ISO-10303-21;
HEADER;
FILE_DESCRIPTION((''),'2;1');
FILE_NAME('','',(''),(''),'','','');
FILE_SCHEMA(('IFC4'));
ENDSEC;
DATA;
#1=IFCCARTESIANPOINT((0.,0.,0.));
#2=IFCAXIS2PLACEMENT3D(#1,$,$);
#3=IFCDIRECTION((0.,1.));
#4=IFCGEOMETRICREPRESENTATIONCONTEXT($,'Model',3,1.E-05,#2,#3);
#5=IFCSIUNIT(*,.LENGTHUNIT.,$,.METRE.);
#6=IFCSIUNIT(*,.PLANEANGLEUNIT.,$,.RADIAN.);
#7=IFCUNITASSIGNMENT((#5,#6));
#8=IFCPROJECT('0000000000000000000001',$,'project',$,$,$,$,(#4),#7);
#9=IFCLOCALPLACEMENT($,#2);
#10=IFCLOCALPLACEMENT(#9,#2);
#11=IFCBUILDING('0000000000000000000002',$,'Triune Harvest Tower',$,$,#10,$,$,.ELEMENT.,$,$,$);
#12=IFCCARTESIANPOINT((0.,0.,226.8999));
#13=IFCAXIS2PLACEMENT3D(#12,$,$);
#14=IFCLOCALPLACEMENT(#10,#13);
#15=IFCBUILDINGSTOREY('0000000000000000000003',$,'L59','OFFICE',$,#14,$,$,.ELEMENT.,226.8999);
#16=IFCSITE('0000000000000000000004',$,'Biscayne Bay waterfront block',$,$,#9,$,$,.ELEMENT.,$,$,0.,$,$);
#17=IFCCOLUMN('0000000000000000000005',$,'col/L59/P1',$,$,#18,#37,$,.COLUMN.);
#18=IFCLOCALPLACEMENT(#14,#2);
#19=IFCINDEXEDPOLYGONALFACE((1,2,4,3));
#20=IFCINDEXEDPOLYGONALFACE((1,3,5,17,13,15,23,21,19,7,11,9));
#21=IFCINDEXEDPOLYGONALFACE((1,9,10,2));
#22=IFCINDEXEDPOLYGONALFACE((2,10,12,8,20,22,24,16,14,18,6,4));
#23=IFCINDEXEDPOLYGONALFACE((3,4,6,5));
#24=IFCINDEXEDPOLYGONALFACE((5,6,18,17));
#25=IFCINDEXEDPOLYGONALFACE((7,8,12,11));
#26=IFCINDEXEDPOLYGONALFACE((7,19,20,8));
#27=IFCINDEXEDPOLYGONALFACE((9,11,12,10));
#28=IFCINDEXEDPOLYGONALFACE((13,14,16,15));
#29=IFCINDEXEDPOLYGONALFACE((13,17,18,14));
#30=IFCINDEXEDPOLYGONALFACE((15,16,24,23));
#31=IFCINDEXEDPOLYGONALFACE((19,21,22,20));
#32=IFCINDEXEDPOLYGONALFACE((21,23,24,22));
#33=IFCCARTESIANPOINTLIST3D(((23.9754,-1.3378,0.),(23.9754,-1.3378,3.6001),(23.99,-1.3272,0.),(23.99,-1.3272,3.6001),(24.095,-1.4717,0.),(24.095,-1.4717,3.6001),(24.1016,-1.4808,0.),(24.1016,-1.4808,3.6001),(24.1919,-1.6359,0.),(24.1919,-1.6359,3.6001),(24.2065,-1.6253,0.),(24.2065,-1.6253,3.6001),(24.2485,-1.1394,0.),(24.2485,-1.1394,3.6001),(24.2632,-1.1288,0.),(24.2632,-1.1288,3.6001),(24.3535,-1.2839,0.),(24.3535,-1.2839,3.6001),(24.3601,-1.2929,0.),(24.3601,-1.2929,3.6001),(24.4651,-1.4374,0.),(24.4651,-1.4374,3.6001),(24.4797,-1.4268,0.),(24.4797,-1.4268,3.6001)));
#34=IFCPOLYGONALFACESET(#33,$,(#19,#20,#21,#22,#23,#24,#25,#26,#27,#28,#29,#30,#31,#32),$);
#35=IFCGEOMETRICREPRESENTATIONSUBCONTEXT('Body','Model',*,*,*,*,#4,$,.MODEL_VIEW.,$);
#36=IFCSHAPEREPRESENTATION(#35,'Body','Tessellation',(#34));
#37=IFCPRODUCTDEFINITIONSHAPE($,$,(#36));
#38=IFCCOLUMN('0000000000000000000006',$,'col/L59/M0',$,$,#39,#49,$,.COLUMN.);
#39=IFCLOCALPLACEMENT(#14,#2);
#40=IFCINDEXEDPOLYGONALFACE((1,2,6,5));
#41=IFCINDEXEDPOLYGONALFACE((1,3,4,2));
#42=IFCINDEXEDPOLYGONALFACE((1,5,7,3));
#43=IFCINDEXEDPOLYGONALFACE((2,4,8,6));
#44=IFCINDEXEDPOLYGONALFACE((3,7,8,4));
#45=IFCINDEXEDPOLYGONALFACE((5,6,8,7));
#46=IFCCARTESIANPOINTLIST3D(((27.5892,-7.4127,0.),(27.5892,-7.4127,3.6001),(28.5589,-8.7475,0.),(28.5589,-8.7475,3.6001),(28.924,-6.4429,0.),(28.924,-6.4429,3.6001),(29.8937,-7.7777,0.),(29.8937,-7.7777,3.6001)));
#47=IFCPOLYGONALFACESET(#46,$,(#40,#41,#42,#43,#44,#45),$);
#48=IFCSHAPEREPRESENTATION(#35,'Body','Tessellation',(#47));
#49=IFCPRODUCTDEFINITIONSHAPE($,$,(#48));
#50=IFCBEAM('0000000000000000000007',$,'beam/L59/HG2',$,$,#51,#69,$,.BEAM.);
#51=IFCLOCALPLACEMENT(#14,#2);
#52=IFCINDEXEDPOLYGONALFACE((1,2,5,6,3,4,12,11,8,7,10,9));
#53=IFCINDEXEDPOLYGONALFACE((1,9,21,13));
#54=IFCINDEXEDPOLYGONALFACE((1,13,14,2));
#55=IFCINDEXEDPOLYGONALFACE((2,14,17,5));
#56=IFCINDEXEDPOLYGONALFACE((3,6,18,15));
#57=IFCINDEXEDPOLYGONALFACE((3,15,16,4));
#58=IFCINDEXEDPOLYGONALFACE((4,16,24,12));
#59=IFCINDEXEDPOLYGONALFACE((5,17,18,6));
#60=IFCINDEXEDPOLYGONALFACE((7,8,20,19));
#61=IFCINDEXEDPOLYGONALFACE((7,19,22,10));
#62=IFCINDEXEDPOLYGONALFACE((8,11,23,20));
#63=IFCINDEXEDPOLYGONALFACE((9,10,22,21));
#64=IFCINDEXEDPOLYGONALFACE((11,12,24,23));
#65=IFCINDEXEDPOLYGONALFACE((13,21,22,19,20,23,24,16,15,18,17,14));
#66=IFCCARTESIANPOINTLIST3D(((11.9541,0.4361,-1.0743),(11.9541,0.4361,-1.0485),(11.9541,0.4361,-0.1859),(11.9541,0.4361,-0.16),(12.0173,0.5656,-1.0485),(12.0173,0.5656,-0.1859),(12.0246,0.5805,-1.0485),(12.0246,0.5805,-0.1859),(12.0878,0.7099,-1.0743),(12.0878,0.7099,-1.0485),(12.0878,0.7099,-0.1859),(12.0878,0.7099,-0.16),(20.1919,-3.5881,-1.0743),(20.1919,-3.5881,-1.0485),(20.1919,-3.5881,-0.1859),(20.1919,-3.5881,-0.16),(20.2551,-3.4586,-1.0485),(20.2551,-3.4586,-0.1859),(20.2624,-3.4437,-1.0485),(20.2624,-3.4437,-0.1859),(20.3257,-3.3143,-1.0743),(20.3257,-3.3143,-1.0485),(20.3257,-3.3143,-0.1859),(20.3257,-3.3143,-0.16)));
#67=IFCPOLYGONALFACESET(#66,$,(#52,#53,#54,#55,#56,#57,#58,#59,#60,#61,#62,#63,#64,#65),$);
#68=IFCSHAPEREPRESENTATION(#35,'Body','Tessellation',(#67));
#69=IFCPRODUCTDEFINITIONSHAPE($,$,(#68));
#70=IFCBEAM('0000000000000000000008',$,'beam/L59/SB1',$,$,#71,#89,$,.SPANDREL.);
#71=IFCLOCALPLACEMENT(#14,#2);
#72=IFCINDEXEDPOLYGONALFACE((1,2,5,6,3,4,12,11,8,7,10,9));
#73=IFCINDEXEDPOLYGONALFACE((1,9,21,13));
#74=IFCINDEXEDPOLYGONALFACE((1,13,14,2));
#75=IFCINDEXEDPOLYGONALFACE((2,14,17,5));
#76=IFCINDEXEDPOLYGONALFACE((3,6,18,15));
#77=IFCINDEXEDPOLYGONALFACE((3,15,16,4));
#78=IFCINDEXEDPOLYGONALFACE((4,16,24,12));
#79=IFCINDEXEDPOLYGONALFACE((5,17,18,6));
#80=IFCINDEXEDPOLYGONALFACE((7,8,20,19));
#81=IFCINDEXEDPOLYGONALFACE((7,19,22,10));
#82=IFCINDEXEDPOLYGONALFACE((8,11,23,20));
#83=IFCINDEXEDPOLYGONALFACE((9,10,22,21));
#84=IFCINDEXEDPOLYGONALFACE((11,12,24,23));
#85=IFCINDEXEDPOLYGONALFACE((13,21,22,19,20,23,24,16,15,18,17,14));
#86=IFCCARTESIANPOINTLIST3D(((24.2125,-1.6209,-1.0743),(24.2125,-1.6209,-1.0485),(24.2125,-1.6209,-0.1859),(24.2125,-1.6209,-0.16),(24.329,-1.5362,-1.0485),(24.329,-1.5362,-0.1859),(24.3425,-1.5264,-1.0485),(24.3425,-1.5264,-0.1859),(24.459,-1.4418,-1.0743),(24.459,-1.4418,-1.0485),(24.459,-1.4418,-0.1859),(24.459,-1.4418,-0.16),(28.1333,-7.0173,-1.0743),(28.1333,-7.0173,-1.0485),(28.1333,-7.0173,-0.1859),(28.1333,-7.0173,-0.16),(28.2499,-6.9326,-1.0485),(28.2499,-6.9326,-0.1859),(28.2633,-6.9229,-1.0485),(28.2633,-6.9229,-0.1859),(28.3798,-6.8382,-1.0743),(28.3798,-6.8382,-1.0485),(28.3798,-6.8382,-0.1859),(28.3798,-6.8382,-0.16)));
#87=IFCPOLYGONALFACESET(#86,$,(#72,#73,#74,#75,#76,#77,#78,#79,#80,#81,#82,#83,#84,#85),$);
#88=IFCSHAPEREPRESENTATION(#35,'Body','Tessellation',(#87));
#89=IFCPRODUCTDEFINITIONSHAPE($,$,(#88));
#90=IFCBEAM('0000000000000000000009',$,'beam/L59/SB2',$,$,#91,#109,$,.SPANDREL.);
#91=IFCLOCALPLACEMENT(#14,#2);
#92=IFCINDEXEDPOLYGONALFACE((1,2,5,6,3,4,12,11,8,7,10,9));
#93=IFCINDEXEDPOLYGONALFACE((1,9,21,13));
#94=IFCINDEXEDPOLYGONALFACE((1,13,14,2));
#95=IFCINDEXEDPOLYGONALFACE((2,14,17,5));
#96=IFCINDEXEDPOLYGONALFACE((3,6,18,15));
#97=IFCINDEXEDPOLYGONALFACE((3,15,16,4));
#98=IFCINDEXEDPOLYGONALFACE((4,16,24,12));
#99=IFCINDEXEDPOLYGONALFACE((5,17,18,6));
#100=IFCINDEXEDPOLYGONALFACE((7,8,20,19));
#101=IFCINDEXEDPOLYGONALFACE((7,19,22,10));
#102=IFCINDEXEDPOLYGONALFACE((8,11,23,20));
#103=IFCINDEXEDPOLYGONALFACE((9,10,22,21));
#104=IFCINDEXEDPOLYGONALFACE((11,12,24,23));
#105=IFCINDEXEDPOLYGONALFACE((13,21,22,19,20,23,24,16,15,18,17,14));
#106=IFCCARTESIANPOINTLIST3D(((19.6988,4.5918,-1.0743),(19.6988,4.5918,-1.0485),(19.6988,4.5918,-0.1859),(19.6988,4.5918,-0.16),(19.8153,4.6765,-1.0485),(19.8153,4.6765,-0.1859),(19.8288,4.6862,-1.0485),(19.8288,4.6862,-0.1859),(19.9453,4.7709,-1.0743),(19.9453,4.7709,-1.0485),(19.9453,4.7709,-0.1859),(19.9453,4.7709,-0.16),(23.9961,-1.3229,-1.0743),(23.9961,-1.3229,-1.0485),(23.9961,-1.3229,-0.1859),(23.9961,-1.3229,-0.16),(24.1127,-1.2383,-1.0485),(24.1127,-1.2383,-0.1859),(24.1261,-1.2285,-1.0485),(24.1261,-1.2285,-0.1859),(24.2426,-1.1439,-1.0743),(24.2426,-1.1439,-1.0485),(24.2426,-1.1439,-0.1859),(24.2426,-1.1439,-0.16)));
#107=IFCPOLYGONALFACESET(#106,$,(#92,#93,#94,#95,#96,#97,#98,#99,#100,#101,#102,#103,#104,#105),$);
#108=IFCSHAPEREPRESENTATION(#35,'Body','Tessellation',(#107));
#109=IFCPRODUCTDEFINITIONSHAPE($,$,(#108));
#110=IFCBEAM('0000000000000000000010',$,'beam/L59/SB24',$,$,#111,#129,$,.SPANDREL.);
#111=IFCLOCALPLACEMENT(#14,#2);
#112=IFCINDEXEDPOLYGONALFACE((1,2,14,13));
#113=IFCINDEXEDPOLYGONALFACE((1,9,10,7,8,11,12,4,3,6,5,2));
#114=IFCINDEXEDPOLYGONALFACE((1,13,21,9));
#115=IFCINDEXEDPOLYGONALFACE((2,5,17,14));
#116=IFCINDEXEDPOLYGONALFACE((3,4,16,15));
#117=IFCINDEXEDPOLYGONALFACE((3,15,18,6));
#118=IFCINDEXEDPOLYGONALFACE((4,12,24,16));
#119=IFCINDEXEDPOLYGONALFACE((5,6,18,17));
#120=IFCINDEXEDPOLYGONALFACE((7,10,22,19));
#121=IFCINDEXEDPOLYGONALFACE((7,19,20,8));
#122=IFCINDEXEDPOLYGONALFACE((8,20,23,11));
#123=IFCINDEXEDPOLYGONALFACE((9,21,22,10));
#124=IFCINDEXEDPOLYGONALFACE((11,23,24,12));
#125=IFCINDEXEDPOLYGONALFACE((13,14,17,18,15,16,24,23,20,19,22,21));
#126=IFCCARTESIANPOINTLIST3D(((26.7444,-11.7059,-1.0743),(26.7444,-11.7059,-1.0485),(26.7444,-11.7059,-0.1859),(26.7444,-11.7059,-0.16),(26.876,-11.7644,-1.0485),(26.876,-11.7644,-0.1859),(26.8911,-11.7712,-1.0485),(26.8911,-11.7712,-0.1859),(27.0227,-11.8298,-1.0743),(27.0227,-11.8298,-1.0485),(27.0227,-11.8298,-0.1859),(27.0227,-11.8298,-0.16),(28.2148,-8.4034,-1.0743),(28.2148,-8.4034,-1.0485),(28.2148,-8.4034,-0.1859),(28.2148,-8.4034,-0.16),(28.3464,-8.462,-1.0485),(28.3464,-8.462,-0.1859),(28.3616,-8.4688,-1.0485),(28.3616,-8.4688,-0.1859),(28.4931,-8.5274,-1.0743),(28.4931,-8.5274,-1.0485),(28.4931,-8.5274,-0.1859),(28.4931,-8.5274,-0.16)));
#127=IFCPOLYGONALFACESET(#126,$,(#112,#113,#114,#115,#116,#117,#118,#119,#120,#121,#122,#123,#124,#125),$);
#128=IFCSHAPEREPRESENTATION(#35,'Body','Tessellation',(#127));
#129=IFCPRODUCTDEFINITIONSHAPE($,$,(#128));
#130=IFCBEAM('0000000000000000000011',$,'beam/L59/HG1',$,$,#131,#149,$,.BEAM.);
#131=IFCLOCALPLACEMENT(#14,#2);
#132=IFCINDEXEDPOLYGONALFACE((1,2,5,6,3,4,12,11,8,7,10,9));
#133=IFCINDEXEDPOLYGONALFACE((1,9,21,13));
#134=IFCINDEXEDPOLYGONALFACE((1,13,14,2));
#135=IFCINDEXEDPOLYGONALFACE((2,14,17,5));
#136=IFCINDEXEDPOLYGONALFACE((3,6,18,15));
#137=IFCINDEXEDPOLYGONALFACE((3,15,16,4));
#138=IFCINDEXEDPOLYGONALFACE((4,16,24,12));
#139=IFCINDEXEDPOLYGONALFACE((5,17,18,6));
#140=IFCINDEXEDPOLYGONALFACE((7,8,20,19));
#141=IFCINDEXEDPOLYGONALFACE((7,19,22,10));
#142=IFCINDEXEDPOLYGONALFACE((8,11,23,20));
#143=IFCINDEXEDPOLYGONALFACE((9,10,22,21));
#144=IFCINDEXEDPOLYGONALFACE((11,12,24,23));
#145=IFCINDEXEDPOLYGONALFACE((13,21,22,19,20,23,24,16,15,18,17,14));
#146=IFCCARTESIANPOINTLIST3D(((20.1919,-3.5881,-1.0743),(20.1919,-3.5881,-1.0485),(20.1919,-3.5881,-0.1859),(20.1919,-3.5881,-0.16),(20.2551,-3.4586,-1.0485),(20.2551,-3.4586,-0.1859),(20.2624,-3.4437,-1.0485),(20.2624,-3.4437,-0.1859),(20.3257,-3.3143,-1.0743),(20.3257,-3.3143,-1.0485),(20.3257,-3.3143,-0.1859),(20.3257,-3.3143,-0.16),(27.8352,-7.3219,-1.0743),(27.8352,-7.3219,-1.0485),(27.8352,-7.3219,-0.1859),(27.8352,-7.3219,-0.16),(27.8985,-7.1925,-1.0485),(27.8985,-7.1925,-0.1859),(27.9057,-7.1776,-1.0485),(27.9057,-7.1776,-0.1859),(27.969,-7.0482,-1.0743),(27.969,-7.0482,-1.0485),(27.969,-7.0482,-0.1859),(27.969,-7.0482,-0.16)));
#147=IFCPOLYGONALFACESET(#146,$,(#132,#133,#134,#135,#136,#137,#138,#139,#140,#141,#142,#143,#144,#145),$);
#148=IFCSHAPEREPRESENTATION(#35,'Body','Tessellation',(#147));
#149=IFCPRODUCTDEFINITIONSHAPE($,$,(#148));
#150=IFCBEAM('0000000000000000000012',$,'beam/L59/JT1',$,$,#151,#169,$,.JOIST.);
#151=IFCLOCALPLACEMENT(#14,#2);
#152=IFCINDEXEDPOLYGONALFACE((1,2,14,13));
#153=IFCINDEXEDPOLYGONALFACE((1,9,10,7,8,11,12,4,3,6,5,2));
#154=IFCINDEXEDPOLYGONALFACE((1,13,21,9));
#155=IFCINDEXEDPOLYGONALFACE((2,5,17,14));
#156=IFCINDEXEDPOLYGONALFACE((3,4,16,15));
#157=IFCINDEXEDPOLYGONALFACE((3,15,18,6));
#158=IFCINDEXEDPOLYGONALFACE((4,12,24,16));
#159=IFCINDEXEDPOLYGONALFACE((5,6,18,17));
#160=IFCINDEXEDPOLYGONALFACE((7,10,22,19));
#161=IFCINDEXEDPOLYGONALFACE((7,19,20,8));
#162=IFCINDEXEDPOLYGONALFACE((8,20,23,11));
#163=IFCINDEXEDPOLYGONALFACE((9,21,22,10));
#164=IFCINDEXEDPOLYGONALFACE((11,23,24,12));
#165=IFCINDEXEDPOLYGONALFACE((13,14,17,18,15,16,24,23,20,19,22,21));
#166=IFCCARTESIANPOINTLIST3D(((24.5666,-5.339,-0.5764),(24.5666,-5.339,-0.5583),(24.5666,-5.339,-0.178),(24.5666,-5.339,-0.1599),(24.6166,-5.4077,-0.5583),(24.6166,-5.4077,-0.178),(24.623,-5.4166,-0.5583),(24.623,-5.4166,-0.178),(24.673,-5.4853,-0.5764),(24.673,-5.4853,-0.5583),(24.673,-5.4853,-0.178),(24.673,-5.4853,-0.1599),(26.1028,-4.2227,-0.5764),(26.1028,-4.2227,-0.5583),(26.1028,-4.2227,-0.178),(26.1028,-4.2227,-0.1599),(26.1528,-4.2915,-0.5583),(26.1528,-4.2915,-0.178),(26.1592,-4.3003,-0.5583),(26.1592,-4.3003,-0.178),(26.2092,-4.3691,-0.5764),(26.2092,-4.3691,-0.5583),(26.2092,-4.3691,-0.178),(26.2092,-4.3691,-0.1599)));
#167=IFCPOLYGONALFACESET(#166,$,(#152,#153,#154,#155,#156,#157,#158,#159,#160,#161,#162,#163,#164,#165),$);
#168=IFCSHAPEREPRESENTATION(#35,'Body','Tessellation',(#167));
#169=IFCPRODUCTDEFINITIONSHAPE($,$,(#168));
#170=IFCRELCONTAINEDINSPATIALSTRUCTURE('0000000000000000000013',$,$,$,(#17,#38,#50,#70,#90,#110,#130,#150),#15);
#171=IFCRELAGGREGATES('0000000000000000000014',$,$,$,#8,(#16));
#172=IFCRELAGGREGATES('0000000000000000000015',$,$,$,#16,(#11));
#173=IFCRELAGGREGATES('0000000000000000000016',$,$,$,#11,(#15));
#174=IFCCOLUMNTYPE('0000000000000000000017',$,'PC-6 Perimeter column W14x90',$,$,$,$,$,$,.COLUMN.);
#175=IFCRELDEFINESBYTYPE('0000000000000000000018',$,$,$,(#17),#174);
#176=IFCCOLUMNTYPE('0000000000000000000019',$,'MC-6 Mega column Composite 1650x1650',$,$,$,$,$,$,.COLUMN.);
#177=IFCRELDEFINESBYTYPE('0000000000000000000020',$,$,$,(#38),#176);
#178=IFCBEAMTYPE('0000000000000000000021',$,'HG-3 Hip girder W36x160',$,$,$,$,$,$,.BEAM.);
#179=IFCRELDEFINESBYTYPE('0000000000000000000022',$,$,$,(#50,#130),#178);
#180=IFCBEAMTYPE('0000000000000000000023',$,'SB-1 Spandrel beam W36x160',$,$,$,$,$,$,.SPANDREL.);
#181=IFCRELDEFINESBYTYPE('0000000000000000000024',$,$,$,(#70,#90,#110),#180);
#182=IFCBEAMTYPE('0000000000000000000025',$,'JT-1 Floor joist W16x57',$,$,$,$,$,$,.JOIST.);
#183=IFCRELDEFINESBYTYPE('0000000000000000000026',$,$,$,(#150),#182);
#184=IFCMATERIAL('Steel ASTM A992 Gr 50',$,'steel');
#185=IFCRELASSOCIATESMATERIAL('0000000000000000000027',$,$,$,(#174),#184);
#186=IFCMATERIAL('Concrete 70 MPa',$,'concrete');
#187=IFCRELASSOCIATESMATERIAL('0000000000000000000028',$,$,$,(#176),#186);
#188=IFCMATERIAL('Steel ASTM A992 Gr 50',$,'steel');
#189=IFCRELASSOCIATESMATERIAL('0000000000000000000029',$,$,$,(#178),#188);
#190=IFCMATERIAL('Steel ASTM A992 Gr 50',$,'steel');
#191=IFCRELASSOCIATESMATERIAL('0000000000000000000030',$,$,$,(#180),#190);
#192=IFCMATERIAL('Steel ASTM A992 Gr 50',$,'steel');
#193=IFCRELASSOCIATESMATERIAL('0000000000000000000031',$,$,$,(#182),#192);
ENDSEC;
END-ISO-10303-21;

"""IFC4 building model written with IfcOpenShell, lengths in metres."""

from ifc_helpers import new_model, si_unit, direction, frame, origin, origin_2d, place, context, subcontext, project, spatial, rectangle, i_section, extrude, source, transform, mapped, material, material_profile, profile_set, type_object, element, save


model = new_model("IFC4")

# Units and contexts
model_context = context("Model", 3, precision=1e-05, world=origin(), true_north=direction((0.0, 1.0)))
body_context = subcontext(model_context, "Body", "Model", "MODEL_VIEW")
ifc_project = project(units=[si_unit("LENGTHUNIT", "METRE"), si_unit("PLANEANGLEUNIT", "RADIAN")], contexts=[model_context])

# Site, building, storey
site_placement = place(None, origin())
site = spatial("IfcSite", under=ifc_project, at=site_placement, Name="Biscayne Bay waterfront block", CompositionType="ELEMENT", RefElevation=0.0)
building_placement = place(site_placement, origin())
building = spatial("IfcBuilding", under=site, at=building_placement, Name="Triune Harvest Tower", CompositionType="ELEMENT")
storey_placement = place(building_placement, frame((0.0, 0.0, 226.8999)))
storey = spatial("IfcBuildingStorey", under=building, at=storey_placement, Name="L59", Description="OFFICE", CompositionType="ELEMENT", Elevation=226.8999)

# Columns
ifc_material_1 = material(Name="Steel ASTM A992 Gr 50", Category="steel")
ifc_material_profile_1 = material_profile(ifc_material_1, i_section(OverallWidth=0.3684, OverallDepth=0.3557, WebThickness=0.0112, FlangeThickness=0.0181, at=origin_2d()), Name="W14x90")
ifc_profile_set_1 = profile_set([ifc_material_profile_1], Name="Steel ASTM A992 Gr 50")
column_type_1 = type_object("IfcColumnType", Name="PC-6 Perimeter column W14x90", PredefinedType="COLUMN", material=ifc_profile_set_1)
shared_shape_1 = source(origin(), body_context, "Body", "SweptSolid", [
    extrude(i_section(OverallWidth=0.3684, OverallDepth=0.3557, WebThickness=0.0112, FlangeThickness=0.0181, at=origin_2d()), origin(), (0.0, 0.0, 1.0), 3.6001),
])
column_1_placement = place(storey_placement, frame((24.2275, -1.3823, 0.0), z_axis=(0.0, 0.0, 1.0), x_axis=(-0.587785, 0.809017, 0.0)))
element("IfcColumn", 1, at=column_1_placement, inside=storey, type_object=column_type_1, Name="col/L59/P1", PredefinedType="COLUMN", context=body_context, shape_type="MappedRepresentation", body=[
    mapped(shared_shape_1, transform((0.0, 0.0, 0.0), scale=1.0)),
])
ifc_material_2 = material(Name="Concrete 70 MPa", Category="concrete")
ifc_material_profile_2 = material_profile(ifc_material_2, rectangle(XDim=1.6499, YDim=1.6499, at=origin_2d()), Name="Composite 1650x1650")
ifc_profile_set_2 = profile_set([ifc_material_profile_2], Name="Concrete 70 MPa")
column_type_2 = type_object("IfcColumnType", Name="MC-6 Mega column Composite 1650x1650", PredefinedType="COLUMN", material=ifc_profile_set_2)
shared_shape_2 = source(origin(), body_context, "Body", "SweptSolid", [
    extrude(rectangle(XDim=1.6499, YDim=1.6499, at=origin_2d()), origin(), (0.0, 0.0, 1.0), 3.6001),
])
column_2_placement = place(storey_placement, frame((28.7415, -7.5952, 0.0), z_axis=(0.0, 0.0, 1.0), x_axis=(-0.587785, 0.809017, 0.0)))
element("IfcColumn", 2, at=column_2_placement, inside=storey, type_object=column_type_2, Name="col/L59/M0", PredefinedType="COLUMN", context=body_context, shape_type="MappedRepresentation", body=[
    mapped(shared_shape_2, transform((0.0, 0.0, 0.0), scale=1.0)),
])

# Beams
ifc_material_3 = material(Name="Steel ASTM A992 Gr 50", Category="steel")
ifc_material_profile_3 = material_profile(ifc_material_3, i_section(OverallWidth=0.3047, OverallDepth=0.9143, WebThickness=0.0166, FlangeThickness=0.0259, at=origin_2d()), Name="W36x160")
ifc_profile_set_3 = profile_set([ifc_material_profile_3], Name="Steel ASTM A992 Gr 50")
beam_type_1 = type_object("IfcBeamType", Name="HG-3 Hip girder W36x160", PredefinedType="BEAM", material=ifc_profile_set_3)
shared_shape_3 = source(origin(), body_context, "Body", "SweptSolid", [
    extrude(i_section(OverallWidth=0.3047, OverallDepth=0.9143, WebThickness=0.0166, FlangeThickness=0.0259, at=origin_2d()), origin(), (0.0, 0.0, 1.0), 9.1682),
])
beam_1_placement = place(storey_placement, frame((20.2588, -3.4512, -0.6172), z_axis=(-0.898522, 0.438929, 0.0), x_axis=(-0.438929, -0.898522, 0.0)))
element("IfcBeam", 3, at=beam_1_placement, inside=storey, type_object=beam_type_1, Name="beam/L59/HG2", PredefinedType="BEAM", context=body_context, shape_type="MappedRepresentation", body=[
    mapped(shared_shape_3, transform((0.0, 0.0, 0.0), scale=1.0)),
])
ifc_material_4 = material(Name="Steel ASTM A992 Gr 50", Category="steel")
ifc_material_profile_4 = material_profile(ifc_material_4, i_section(OverallWidth=0.3047, OverallDepth=0.9143, WebThickness=0.0166, FlangeThickness=0.0259, at=origin_2d()), Name="W36x160")
ifc_profile_set_4 = profile_set([ifc_material_profile_4], Name="Steel ASTM A992 Gr 50")
beam_type_2 = type_object("IfcBeamType", Name="SB-1 Spandrel beam W36x160", PredefinedType="SPANDREL", material=ifc_profile_set_4)
shared_shape_4 = source(origin(), body_context, "Body", "SweptSolid", [
    extrude(i_section(OverallWidth=0.3047, OverallDepth=0.9143, WebThickness=0.0166, FlangeThickness=0.0259, at=origin_2d()), origin(), (0.0, 0.0, 1.0), 6.6704),
])
beam_2_placement = place(storey_placement, frame((28.2566, -6.9277, -0.6172), z_axis=(-0.587797, 0.809008, 0.0), x_axis=(-0.809008, -0.587797, 0.0)))
element("IfcBeam", 4, at=beam_2_placement, inside=storey, type_object=beam_type_2, Name="beam/L59/SB1", PredefinedType="SPANDREL", context=body_context, shape_type="MappedRepresentation", body=[
    mapped(shared_shape_4, transform((0.0, 0.0, 0.0), scale=1.0)),
])
shared_shape_5 = source(origin(), body_context, "Body", "SweptSolid", [
    extrude(i_section(OverallWidth=0.3047, OverallDepth=0.9143, WebThickness=0.0166, FlangeThickness=0.0259, at=origin_2d()), origin(), (0.0, 0.0, 1.0), 7.311),
])
beam_3_placement = place(storey_placement, frame((24.1194, -1.2334, -0.6172), z_axis=(-0.587786, 0.809016, 0.0), x_axis=(-0.809016, -0.587786, 0.0)))
element("IfcBeam", 5, at=beam_3_placement, inside=storey, type_object=beam_type_2, Name="beam/L59/SB2", PredefinedType="SPANDREL", context=body_context, shape_type="MappedRepresentation", body=[
    mapped(shared_shape_5, transform((0.0, 0.0, 0.0), scale=1.0)),
])
shared_shape_6 = source(origin(), body_context, "Body", "SweptSolid", [
    extrude(i_section(OverallWidth=0.3047, OverallDepth=0.9143, WebThickness=0.0166, FlangeThickness=0.0259, at=origin_2d()), origin(), (0.0, 0.0, 1.0), 3.615),
])
beam_4_placement = place(storey_placement, frame((26.8835, -11.7678, -0.6172), z_axis=(0.406759, 0.913536, 0.0), x_axis=(-0.913536, 0.406759, 0.0)))
element("IfcBeam", 6, at=beam_4_placement, inside=storey, type_object=beam_type_2, Name="beam/L59/SB24", PredefinedType="SPANDREL", context=body_context, shape_type="MappedRepresentation", body=[
    mapped(shared_shape_6, transform((0.0, 0.0, 0.0), scale=1.0)),
])
shared_shape_7 = source(origin(), body_context, "Body", "SweptSolid", [
    extrude(i_section(OverallWidth=0.3047, OverallDepth=0.9143, WebThickness=0.0166, FlangeThickness=0.0259, at=origin_2d()), origin(), (0.0, 0.0, 1.0), 8.5066),
])
beam_5_placement = place(storey_placement, frame((27.9021, -7.1851, -0.6172), z_axis=(-0.898516, 0.43894, 0.0), x_axis=(-0.43894, -0.898516, 0.0)))
element("IfcBeam", 7, at=beam_5_placement, inside=storey, type_object=beam_type_1, Name="beam/L59/HG1", PredefinedType="BEAM", context=body_context, shape_type="MappedRepresentation", body=[
    mapped(shared_shape_7, transform((0.0, 0.0, 0.0), scale=1.0)),
])
ifc_material_5 = material(Name="Steel ASTM A992 Gr 50", Category="steel")
ifc_material_profile_5 = material_profile(ifc_material_5, i_section(OverallWidth=0.1809, OverallDepth=0.4165, WebThickness=0.011, FlangeThickness=0.0181, at=origin_2d()), Name="W16x57")
ifc_profile_set_5 = profile_set([ifc_material_profile_5], Name="Steel ASTM A992 Gr 50")
beam_type_3 = type_object("IfcBeamType", Name="JT-1 Floor joist W16x57", PredefinedType="JOIST", material=ifc_profile_set_5)
shared_shape_8 = source(origin(), body_context, "Body", "SweptSolid", [
    extrude(i_section(OverallWidth=0.1809, OverallDepth=0.4165, WebThickness=0.011, FlangeThickness=0.0181, at=origin_2d()), origin(), (0.0, 0.0, 1.0), 1.8989),
])
beam_6_placement = place(storey_placement, frame((26.156, -4.2959, -0.3682), z_axis=(-0.808981, -0.587835, 0.0), x_axis=(0.587835, -0.808981, 0.0)))
element("IfcBeam", 8, at=beam_6_placement, inside=storey, type_object=beam_type_3, Name="beam/L59/JT1", PredefinedType="JOIST", context=body_context, shape_type="MappedRepresentation", body=[
    mapped(shared_shape_8, transform((0.0, 0.0, 0.0), scale=1.0)),
])

save(model, "model.ifc")
